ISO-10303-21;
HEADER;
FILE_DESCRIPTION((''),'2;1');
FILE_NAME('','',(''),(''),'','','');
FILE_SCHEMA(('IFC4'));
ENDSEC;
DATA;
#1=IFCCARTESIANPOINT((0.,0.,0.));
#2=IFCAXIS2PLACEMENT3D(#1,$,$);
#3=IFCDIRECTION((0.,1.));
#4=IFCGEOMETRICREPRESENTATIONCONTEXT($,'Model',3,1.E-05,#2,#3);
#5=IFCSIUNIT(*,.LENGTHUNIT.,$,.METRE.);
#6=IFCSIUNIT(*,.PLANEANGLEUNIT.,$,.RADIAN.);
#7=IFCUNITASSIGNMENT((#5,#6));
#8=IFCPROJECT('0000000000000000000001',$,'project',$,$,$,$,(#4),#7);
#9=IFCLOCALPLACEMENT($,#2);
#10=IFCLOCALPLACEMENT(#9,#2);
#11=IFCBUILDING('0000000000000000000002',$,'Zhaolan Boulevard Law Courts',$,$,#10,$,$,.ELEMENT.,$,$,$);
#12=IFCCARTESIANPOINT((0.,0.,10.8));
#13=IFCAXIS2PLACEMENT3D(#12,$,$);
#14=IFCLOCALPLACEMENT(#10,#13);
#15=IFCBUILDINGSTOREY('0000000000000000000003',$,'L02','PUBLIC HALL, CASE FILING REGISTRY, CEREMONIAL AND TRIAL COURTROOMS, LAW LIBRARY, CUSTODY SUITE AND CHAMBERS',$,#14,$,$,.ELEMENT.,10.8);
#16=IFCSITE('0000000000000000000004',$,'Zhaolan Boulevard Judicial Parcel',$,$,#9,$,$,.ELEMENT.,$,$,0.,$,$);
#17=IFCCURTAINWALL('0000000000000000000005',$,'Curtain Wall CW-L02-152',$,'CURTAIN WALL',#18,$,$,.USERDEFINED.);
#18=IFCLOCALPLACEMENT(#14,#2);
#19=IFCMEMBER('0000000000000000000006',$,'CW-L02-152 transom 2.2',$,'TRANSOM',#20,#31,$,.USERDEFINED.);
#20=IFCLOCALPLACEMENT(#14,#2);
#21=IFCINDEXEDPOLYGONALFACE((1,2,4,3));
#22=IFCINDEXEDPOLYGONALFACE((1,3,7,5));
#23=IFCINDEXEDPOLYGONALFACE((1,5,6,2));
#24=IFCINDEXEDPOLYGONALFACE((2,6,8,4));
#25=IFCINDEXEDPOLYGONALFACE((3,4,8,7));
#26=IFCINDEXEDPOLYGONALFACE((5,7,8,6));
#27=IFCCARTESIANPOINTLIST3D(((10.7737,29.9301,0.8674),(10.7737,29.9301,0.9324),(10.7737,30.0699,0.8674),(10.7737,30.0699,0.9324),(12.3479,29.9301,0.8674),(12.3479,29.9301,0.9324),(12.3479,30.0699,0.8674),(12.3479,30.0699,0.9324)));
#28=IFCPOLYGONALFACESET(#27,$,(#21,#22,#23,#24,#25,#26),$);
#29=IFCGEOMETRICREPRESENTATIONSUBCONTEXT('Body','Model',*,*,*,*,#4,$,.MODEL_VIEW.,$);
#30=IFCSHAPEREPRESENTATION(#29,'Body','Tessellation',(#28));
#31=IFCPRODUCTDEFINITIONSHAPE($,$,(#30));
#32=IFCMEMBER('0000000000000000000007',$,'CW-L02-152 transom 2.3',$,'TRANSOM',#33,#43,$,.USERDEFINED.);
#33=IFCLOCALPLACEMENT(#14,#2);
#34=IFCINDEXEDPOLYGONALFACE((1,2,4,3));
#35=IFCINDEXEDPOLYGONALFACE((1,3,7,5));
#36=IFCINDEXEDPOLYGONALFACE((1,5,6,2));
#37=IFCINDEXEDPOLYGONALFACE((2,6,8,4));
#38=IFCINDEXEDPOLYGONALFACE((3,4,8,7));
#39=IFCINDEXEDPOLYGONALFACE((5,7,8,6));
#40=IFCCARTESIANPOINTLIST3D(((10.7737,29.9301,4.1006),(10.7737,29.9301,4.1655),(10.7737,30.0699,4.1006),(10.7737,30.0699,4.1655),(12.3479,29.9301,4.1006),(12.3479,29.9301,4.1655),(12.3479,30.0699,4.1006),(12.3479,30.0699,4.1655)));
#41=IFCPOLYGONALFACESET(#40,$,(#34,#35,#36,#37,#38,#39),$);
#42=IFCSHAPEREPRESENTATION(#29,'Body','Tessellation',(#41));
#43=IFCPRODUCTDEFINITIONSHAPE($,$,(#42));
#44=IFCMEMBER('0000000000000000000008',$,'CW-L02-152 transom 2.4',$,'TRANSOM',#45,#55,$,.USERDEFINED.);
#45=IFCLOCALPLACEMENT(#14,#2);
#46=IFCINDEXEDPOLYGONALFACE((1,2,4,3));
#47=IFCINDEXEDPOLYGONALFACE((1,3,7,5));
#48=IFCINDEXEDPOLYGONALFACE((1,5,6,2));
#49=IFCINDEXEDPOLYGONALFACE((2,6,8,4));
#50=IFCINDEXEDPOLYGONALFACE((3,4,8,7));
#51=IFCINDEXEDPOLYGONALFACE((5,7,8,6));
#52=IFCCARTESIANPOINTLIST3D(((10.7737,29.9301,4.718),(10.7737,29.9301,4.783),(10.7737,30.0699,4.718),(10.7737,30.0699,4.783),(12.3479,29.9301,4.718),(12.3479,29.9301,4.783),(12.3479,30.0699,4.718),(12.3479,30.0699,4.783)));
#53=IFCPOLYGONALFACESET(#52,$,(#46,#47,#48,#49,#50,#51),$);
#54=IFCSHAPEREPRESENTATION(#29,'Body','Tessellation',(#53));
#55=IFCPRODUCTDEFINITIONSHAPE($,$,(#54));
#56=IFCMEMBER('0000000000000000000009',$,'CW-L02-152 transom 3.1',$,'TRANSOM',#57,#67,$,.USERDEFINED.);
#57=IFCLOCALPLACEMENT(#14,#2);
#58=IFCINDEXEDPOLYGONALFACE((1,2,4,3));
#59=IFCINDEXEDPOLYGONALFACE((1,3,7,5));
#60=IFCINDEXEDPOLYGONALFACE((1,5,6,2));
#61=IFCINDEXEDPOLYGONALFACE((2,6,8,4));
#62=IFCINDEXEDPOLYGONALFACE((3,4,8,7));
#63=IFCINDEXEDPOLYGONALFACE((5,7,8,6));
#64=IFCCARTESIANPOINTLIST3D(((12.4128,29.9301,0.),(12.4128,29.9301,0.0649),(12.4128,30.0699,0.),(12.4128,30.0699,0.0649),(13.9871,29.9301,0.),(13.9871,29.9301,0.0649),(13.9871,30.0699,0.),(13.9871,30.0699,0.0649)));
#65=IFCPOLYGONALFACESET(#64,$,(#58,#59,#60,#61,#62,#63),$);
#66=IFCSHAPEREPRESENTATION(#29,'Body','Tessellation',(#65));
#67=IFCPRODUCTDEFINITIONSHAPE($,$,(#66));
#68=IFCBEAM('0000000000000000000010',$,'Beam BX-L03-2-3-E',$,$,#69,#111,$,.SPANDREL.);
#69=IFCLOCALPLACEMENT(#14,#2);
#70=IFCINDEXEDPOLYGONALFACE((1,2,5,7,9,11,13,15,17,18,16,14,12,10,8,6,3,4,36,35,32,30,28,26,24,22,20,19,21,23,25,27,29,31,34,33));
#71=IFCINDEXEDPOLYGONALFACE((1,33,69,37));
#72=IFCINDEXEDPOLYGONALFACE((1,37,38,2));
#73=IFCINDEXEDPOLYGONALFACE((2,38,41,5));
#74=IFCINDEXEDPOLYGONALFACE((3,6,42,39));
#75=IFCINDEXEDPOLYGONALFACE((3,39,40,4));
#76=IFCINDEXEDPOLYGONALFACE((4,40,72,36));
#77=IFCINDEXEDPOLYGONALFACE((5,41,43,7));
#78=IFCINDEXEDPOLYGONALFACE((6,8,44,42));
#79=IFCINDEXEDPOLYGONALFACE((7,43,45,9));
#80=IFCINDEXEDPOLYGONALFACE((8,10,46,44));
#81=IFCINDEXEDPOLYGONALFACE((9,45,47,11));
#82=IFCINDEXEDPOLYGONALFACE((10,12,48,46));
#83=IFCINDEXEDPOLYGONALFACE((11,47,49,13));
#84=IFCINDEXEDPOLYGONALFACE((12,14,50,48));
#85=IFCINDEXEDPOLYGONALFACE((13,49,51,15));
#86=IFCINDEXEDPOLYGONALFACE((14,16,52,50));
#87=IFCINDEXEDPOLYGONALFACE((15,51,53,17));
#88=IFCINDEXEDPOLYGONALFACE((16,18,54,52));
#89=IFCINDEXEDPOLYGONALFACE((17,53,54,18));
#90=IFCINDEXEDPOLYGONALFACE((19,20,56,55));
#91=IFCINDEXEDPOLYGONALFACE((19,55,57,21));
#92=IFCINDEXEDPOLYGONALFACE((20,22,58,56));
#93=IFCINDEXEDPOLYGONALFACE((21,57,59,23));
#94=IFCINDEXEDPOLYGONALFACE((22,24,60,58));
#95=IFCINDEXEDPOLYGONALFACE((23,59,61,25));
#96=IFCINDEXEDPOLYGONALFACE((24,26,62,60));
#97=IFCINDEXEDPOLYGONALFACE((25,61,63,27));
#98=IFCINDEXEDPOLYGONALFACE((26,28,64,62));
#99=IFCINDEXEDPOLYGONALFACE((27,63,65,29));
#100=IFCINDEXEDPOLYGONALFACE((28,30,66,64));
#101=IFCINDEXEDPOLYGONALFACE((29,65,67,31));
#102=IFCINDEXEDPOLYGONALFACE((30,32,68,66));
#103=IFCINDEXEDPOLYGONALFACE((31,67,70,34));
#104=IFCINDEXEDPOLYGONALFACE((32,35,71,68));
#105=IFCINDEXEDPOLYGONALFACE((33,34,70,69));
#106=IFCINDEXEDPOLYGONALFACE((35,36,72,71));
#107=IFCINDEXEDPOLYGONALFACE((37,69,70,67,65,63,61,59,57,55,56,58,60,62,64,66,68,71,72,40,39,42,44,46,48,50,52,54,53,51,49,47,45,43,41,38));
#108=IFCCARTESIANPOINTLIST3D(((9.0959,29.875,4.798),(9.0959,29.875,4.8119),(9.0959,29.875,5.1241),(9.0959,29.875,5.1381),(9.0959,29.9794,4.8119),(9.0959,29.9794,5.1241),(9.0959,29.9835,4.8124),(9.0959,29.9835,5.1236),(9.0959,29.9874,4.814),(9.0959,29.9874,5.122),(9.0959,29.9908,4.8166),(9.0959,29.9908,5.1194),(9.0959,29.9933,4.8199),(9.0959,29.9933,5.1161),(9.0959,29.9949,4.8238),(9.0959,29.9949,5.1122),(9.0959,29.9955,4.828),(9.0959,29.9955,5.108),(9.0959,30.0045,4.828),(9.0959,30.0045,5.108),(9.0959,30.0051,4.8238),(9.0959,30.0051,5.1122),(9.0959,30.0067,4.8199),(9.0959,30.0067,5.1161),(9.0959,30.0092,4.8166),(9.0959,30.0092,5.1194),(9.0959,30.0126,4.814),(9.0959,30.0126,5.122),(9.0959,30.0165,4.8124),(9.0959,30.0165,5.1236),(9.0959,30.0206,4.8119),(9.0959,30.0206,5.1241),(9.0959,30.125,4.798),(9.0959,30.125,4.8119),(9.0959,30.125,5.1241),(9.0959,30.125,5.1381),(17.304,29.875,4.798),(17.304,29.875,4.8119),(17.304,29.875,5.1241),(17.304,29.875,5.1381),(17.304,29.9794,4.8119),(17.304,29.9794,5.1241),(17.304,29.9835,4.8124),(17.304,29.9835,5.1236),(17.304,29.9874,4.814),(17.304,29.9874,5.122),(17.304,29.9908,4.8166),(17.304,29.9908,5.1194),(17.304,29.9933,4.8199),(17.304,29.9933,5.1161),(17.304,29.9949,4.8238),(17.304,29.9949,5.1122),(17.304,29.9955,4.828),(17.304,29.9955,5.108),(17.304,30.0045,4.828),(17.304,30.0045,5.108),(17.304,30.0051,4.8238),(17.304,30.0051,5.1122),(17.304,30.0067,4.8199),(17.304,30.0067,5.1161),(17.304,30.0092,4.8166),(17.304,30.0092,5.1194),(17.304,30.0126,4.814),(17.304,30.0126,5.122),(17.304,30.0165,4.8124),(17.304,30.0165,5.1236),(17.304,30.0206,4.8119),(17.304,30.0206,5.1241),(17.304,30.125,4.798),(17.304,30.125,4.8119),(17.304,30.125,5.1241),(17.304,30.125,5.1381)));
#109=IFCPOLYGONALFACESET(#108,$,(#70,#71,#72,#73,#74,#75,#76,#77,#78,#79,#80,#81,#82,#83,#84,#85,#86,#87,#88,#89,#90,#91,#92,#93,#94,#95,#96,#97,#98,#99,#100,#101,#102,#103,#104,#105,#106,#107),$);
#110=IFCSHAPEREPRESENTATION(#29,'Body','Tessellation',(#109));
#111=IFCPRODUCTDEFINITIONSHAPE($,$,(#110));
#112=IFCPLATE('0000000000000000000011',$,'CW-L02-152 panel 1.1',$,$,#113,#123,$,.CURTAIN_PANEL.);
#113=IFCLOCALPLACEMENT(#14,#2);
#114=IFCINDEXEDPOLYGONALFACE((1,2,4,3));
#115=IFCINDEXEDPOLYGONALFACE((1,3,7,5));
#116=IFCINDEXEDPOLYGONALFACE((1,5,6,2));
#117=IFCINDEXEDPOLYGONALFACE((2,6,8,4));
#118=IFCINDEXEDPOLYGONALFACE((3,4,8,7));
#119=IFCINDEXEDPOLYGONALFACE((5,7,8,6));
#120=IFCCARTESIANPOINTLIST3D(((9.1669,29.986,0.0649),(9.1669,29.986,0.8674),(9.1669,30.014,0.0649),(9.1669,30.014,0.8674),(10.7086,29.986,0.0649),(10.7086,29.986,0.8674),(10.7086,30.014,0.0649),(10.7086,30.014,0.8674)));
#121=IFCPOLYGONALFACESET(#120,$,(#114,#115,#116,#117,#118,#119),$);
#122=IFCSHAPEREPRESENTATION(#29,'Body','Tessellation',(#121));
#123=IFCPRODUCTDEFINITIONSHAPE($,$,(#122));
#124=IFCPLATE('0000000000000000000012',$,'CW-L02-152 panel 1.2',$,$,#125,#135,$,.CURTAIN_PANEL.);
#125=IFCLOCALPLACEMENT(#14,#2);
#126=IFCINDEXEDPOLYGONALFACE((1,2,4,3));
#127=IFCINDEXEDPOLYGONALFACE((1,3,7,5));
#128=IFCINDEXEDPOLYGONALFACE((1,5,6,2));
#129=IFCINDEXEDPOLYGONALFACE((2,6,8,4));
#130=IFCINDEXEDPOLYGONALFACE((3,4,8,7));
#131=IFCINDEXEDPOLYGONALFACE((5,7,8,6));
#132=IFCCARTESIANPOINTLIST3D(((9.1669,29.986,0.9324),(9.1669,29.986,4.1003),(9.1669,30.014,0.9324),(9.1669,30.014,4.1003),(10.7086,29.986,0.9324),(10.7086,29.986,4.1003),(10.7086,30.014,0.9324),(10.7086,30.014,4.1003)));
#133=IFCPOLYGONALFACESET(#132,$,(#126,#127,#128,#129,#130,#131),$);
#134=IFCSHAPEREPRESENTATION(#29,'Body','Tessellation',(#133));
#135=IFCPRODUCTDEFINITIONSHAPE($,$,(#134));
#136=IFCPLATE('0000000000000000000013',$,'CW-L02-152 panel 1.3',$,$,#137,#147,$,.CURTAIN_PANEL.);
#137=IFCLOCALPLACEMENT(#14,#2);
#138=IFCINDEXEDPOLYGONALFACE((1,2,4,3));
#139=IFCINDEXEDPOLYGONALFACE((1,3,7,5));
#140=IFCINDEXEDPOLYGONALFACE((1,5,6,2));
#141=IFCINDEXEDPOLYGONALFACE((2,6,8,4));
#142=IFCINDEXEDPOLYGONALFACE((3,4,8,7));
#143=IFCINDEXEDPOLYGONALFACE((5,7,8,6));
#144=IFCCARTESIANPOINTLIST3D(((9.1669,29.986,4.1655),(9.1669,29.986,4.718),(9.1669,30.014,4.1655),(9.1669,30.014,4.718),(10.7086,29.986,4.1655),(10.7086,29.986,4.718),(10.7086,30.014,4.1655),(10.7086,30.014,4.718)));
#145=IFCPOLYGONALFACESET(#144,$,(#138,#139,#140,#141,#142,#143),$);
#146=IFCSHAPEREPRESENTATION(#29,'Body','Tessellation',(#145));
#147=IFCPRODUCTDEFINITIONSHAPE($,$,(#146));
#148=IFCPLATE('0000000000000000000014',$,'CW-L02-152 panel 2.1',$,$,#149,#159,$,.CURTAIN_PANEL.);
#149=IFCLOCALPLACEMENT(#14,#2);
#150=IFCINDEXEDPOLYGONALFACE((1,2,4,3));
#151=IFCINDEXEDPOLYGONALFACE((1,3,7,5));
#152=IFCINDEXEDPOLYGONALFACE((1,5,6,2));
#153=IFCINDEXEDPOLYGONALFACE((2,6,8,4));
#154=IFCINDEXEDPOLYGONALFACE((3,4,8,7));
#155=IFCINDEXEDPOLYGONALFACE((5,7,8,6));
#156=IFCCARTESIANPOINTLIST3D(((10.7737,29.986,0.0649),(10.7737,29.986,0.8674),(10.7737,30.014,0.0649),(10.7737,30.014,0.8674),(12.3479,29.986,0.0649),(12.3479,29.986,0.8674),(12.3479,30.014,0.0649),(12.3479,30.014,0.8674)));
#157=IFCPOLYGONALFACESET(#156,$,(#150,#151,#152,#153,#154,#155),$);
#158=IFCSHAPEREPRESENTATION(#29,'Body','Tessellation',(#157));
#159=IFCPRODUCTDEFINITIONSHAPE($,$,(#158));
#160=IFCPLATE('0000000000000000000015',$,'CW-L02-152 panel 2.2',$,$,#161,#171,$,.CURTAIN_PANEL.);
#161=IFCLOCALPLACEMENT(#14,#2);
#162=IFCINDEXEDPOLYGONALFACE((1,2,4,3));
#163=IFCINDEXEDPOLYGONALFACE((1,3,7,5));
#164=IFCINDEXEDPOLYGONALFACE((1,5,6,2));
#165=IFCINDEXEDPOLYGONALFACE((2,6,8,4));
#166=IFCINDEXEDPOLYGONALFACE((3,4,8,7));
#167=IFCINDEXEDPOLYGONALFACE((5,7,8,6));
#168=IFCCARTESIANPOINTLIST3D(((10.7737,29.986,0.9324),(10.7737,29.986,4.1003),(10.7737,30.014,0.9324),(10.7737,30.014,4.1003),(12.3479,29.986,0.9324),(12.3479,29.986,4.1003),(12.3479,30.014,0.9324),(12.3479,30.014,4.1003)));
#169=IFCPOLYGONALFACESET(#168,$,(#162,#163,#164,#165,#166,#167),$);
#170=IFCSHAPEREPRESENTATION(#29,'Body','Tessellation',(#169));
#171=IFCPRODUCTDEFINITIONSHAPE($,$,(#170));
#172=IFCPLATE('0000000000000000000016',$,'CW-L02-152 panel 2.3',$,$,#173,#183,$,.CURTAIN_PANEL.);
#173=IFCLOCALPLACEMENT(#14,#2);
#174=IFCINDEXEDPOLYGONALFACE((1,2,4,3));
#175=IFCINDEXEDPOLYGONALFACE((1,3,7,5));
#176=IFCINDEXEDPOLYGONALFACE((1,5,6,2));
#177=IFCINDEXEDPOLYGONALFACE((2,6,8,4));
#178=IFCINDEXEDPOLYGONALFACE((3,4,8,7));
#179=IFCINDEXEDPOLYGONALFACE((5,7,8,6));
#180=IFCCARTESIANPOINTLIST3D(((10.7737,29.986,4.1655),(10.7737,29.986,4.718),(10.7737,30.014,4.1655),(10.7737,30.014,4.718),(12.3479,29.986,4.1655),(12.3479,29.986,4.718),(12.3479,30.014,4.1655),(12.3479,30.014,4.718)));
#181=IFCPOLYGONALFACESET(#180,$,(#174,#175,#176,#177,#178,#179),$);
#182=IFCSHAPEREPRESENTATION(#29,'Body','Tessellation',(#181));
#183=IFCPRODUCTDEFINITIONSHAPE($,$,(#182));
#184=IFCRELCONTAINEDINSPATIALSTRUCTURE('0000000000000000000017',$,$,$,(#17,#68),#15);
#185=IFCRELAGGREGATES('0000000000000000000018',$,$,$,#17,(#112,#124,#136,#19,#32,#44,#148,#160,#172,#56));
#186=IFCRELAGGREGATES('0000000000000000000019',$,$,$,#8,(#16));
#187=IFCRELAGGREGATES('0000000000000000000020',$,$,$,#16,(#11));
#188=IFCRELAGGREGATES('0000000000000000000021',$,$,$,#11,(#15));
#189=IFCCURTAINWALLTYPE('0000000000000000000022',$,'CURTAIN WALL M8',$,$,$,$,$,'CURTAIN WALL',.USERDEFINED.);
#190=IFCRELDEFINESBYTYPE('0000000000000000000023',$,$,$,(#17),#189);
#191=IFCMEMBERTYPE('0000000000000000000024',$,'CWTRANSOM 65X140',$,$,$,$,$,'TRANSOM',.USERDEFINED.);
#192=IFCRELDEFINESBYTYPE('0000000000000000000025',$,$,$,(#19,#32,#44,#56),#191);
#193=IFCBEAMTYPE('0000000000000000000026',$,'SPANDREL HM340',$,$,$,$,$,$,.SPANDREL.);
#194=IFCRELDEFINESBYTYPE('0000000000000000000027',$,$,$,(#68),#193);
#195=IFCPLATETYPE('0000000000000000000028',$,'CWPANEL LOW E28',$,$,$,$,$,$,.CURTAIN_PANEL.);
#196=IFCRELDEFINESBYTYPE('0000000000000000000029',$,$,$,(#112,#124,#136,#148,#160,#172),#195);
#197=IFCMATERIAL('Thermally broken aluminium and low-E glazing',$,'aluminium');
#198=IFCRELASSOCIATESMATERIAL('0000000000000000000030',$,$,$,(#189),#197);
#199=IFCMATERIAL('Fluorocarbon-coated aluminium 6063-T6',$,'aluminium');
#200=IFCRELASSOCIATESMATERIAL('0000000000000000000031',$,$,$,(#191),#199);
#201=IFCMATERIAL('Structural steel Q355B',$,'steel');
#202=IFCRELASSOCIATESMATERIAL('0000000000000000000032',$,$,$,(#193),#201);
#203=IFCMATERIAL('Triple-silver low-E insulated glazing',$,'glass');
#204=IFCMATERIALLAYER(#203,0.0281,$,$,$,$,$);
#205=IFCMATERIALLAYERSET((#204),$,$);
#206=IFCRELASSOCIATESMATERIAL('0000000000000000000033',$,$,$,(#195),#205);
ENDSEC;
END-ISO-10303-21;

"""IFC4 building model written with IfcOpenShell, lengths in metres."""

from ifc_helpers import new_model, si_unit, direction, frame, origin, origin_2d, place, context, subcontext, project, spatial, rectangle, i_section, extrude, material, layer, layer_set, material_profile, profile_set, type_object, element, aggregate, save


model = new_model("IFC4")

# Units and contexts
model_context = context("Model", 3, precision=1e-05, world=origin(), true_north=direction((0.0, 1.0)))
body_context = subcontext(model_context, "Body", "Model", "MODEL_VIEW")
ifc_project = project(units=[si_unit("LENGTHUNIT", "METRE"), si_unit("PLANEANGLEUNIT", "RADIAN")], contexts=[model_context])

# Site, building, storey
site_placement = place(None, origin())
site = spatial("IfcSite", under=ifc_project, at=site_placement, Name="Zhaolan Boulevard Judicial Parcel", CompositionType="ELEMENT", RefElevation=0.0)
building_placement = place(site_placement, origin())
building = spatial("IfcBuilding", under=site, at=building_placement, Name="Zhaolan Boulevard Law Courts", CompositionType="ELEMENT")
storey_placement = place(building_placement, frame((0.0, 0.0, 10.8)))
storey = spatial("IfcBuildingStorey", under=building, at=storey_placement, Name="L02", Description="PUBLIC HALL, CASE FILING REGISTRY, CEREMONIAL AND TRIAL COURTROOMS, LAW LIBRARY, CUSTODY SUITE AND CHAMBERS", CompositionType="ELEMENT", Elevation=10.8)

# Curtain wall, members
ifc_material_1 = material(Name="Thermally broken aluminium and low-E glazing", Category="aluminium")
curtain_wall_type_1 = type_object("IfcCurtainWallType", Name="CURTAIN WALL M8", ElementType="CURTAIN WALL", PredefinedType="USERDEFINED", material=ifc_material_1)
curtain_wall_1_placement = place(storey_placement, origin())
curtain_wall_1 = element("IfcCurtainWall", 1, at=curtain_wall_1_placement, inside=storey, type_object=curtain_wall_type_1, Name="Curtain Wall CW-L02-152", ObjectType="CURTAIN WALL", PredefinedType="USERDEFINED")
ifc_material_2 = material(Name="Fluorocarbon-coated aluminium 6063-T6", Category="aluminium")
ifc_material_profile_1 = material_profile(ifc_material_2, rectangle(XDim=0.1399, YDim=0.0649, at=origin_2d()), Name="AL65x140")
ifc_profile_set_1 = profile_set([ifc_material_profile_1], Name="Fluorocarbon-coated aluminium 6063-T6")
member_type_1 = type_object("IfcMemberType", Name="CWTRANSOM 65X140", ElementType="TRANSOM", PredefinedType="USERDEFINED", material=ifc_profile_set_1)
member_1_placement = place(storey_placement, frame((10.7737, 30.0, 0.8999), z_axis=(1.0, 0.0, 0.0), x_axis=(0.0, 1.0, 0.0)))
member_1 = element("IfcMember", 2, at=member_1_placement, type_object=member_type_1, Name="CW-L02-152 transom 2.2", ObjectType="TRANSOM", PredefinedType="USERDEFINED", context=body_context, shape_type="SweptSolid", body=[
    extrude(rectangle(XDim=0.1399, YDim=0.0649, at=origin_2d()), origin(), (0.0, 0.0, 1.0), 1.5742),
])
member_2_placement = place(storey_placement, frame((10.7737, 30.0, 4.1331), z_axis=(1.0, 0.0, 0.0), x_axis=(0.0, 1.0, 0.0)))
member_2 = element("IfcMember", 3, at=member_2_placement, type_object=member_type_1, Name="CW-L02-152 transom 2.3", ObjectType="TRANSOM", PredefinedType="USERDEFINED", context=body_context, shape_type="SweptSolid", body=[
    extrude(rectangle(XDim=0.1399, YDim=0.0649, at=origin_2d()), origin(), (0.0, 0.0, 1.0), 1.5742),
])
member_3_placement = place(storey_placement, frame((10.7737, 30.0, 4.7505), z_axis=(1.0, 0.0, 0.0), x_axis=(0.0, 1.0, 0.0)))
member_3 = element("IfcMember", 4, at=member_3_placement, type_object=member_type_1, Name="CW-L02-152 transom 2.4", ObjectType="TRANSOM", PredefinedType="USERDEFINED", context=body_context, shape_type="SweptSolid", body=[
    extrude(rectangle(XDim=0.1399, YDim=0.0649, at=origin_2d()), origin(), (0.0, 0.0, 1.0), 1.5742),
])
member_4_placement = place(storey_placement, frame((12.4128, 30.0, 0.0325), z_axis=(1.0, 0.0, 0.0), x_axis=(0.0, 1.0, 0.0)))
member_4 = element("IfcMember", 5, at=member_4_placement, type_object=member_type_1, Name="CW-L02-152 transom 3.1", ObjectType="TRANSOM", PredefinedType="USERDEFINED", context=body_context, shape_type="SweptSolid", body=[
    extrude(rectangle(XDim=0.1399, YDim=0.0649, at=origin_2d()), origin(), (0.0, 0.0, 1.0), 1.5742),
])

# Beam
ifc_material_3 = material(Name="Structural steel Q355B", Category="steel")
ifc_material_profile_2 = material_profile(ifc_material_3, i_section(OverallWidth=0.25, OverallDepth=0.3401, WebThickness=0.009, FlangeThickness=0.0139, FilletRadius=0.0161, at=origin_2d()), Name="HM340x250")
ifc_profile_set_2 = profile_set([ifc_material_profile_2], Name="Structural steel Q355B")
beam_type = type_object("IfcBeamType", Name="SPANDREL HM340", PredefinedType="SPANDREL", material=ifc_profile_set_2)
beam_placement = place(storey_placement, frame((9.0959, 30.0, 4.968), z_axis=(1.0, 0.0, 0.0), x_axis=(0.0, 1.0, 0.0)))
element("IfcBeam", 6, at=beam_placement, inside=storey, type_object=beam_type, Name="Beam BX-L03-2-3-E", PredefinedType="SPANDREL", context=body_context, shape_type="SweptSolid", body=[
    extrude(i_section(OverallWidth=0.25, OverallDepth=0.3401, WebThickness=0.009, FlangeThickness=0.0139, FilletRadius=0.0161, at=origin_2d()), origin(), (0.0, 0.0, 1.0), 8.208),
])

# Plates
ifc_material_4 = material(Name="Triple-silver low-E insulated glazing", Category="glass")
ifc_layer_1 = layer(ifc_material_4, 0.0281)
ifc_layer_set_1 = layer_set([ifc_layer_1])
plate_type_1 = type_object("IfcPlateType", Name="CWPANEL LOW E28", PredefinedType="CURTAIN_PANEL", material=ifc_layer_set_1)
plate_1_placement = place(storey_placement, frame((9.9377, 30.0, 0.0649), z_axis=(0.0, 0.0, 1.0), x_axis=(1.0, 0.0, 0.0)))
plate_1 = element("IfcPlate", 7, at=plate_1_placement, type_object=plate_type_1, Name="CW-L02-152 panel 1.1", PredefinedType="CURTAIN_PANEL", context=body_context, shape_type="SweptSolid", body=[
    extrude(rectangle(XDim=1.5417, YDim=0.0281, at=origin_2d()), origin(), (0.0, 0.0, 1.0), 0.8025),
])
plate_2_placement = place(storey_placement, frame((9.9377, 30.0, 0.9324), z_axis=(0.0, 0.0, 1.0), x_axis=(1.0, 0.0, 0.0)))
plate_2 = element("IfcPlate", 8, at=plate_2_placement, type_object=plate_type_1, Name="CW-L02-152 panel 1.2", PredefinedType="CURTAIN_PANEL", context=body_context, shape_type="SweptSolid", body=[
    extrude(rectangle(XDim=1.5417, YDim=0.0281, at=origin_2d()), origin(), (0.0, 0.0, 1.0), 3.168),
])
plate_3_placement = place(storey_placement, frame((9.9377, 30.0, 4.1655), z_axis=(0.0, 0.0, 1.0), x_axis=(1.0, 0.0, 0.0)))
plate_3 = element("IfcPlate", 9, at=plate_3_placement, type_object=plate_type_1, Name="CW-L02-152 panel 1.3", PredefinedType="CURTAIN_PANEL", context=body_context, shape_type="SweptSolid", body=[
    extrude(rectangle(XDim=1.5417, YDim=0.0281, at=origin_2d()), origin(), (0.0, 0.0, 1.0), 0.5525),
])
plate_4_placement = place(storey_placement, frame((11.5608, 30.0, 0.0649), z_axis=(0.0, 0.0, 1.0), x_axis=(1.0, 0.0, 0.0)))
plate_4 = element("IfcPlate", 10, at=plate_4_placement, type_object=plate_type_1, Name="CW-L02-152 panel 2.1", PredefinedType="CURTAIN_PANEL", context=body_context, shape_type="SweptSolid", body=[
    extrude(rectangle(XDim=1.5742, YDim=0.0281, at=origin_2d()), origin(), (0.0, 0.0, 1.0), 0.8025),
])
plate_5_placement = place(storey_placement, frame((11.5608, 30.0, 0.9324), z_axis=(0.0, 0.0, 1.0), x_axis=(1.0, 0.0, 0.0)))
plate_5 = element("IfcPlate", 11, at=plate_5_placement, type_object=plate_type_1, Name="CW-L02-152 panel 2.2", PredefinedType="CURTAIN_PANEL", context=body_context, shape_type="SweptSolid", body=[
    extrude(rectangle(XDim=1.5742, YDim=0.0281, at=origin_2d()), origin(), (0.0, 0.0, 1.0), 3.168),
])
plate_6_placement = place(storey_placement, frame((11.5608, 30.0, 4.1655), z_axis=(0.0, 0.0, 1.0), x_axis=(1.0, 0.0, 0.0)))
plate_6 = element("IfcPlate", 12, at=plate_6_placement, type_object=plate_type_1, Name="CW-L02-152 panel 2.3", PredefinedType="CURTAIN_PANEL", context=body_context, shape_type="SweptSolid", body=[
    extrude(rectangle(XDim=1.5742, YDim=0.0281, at=origin_2d()), origin(), (0.0, 0.0, 1.0), 0.5525),
])
aggregate(curtain_wall_1, [plate_1, plate_2, plate_3, member_1, member_2, member_3, plate_4, plate_5, plate_6, member_4])

save(model, "model.ifc")
